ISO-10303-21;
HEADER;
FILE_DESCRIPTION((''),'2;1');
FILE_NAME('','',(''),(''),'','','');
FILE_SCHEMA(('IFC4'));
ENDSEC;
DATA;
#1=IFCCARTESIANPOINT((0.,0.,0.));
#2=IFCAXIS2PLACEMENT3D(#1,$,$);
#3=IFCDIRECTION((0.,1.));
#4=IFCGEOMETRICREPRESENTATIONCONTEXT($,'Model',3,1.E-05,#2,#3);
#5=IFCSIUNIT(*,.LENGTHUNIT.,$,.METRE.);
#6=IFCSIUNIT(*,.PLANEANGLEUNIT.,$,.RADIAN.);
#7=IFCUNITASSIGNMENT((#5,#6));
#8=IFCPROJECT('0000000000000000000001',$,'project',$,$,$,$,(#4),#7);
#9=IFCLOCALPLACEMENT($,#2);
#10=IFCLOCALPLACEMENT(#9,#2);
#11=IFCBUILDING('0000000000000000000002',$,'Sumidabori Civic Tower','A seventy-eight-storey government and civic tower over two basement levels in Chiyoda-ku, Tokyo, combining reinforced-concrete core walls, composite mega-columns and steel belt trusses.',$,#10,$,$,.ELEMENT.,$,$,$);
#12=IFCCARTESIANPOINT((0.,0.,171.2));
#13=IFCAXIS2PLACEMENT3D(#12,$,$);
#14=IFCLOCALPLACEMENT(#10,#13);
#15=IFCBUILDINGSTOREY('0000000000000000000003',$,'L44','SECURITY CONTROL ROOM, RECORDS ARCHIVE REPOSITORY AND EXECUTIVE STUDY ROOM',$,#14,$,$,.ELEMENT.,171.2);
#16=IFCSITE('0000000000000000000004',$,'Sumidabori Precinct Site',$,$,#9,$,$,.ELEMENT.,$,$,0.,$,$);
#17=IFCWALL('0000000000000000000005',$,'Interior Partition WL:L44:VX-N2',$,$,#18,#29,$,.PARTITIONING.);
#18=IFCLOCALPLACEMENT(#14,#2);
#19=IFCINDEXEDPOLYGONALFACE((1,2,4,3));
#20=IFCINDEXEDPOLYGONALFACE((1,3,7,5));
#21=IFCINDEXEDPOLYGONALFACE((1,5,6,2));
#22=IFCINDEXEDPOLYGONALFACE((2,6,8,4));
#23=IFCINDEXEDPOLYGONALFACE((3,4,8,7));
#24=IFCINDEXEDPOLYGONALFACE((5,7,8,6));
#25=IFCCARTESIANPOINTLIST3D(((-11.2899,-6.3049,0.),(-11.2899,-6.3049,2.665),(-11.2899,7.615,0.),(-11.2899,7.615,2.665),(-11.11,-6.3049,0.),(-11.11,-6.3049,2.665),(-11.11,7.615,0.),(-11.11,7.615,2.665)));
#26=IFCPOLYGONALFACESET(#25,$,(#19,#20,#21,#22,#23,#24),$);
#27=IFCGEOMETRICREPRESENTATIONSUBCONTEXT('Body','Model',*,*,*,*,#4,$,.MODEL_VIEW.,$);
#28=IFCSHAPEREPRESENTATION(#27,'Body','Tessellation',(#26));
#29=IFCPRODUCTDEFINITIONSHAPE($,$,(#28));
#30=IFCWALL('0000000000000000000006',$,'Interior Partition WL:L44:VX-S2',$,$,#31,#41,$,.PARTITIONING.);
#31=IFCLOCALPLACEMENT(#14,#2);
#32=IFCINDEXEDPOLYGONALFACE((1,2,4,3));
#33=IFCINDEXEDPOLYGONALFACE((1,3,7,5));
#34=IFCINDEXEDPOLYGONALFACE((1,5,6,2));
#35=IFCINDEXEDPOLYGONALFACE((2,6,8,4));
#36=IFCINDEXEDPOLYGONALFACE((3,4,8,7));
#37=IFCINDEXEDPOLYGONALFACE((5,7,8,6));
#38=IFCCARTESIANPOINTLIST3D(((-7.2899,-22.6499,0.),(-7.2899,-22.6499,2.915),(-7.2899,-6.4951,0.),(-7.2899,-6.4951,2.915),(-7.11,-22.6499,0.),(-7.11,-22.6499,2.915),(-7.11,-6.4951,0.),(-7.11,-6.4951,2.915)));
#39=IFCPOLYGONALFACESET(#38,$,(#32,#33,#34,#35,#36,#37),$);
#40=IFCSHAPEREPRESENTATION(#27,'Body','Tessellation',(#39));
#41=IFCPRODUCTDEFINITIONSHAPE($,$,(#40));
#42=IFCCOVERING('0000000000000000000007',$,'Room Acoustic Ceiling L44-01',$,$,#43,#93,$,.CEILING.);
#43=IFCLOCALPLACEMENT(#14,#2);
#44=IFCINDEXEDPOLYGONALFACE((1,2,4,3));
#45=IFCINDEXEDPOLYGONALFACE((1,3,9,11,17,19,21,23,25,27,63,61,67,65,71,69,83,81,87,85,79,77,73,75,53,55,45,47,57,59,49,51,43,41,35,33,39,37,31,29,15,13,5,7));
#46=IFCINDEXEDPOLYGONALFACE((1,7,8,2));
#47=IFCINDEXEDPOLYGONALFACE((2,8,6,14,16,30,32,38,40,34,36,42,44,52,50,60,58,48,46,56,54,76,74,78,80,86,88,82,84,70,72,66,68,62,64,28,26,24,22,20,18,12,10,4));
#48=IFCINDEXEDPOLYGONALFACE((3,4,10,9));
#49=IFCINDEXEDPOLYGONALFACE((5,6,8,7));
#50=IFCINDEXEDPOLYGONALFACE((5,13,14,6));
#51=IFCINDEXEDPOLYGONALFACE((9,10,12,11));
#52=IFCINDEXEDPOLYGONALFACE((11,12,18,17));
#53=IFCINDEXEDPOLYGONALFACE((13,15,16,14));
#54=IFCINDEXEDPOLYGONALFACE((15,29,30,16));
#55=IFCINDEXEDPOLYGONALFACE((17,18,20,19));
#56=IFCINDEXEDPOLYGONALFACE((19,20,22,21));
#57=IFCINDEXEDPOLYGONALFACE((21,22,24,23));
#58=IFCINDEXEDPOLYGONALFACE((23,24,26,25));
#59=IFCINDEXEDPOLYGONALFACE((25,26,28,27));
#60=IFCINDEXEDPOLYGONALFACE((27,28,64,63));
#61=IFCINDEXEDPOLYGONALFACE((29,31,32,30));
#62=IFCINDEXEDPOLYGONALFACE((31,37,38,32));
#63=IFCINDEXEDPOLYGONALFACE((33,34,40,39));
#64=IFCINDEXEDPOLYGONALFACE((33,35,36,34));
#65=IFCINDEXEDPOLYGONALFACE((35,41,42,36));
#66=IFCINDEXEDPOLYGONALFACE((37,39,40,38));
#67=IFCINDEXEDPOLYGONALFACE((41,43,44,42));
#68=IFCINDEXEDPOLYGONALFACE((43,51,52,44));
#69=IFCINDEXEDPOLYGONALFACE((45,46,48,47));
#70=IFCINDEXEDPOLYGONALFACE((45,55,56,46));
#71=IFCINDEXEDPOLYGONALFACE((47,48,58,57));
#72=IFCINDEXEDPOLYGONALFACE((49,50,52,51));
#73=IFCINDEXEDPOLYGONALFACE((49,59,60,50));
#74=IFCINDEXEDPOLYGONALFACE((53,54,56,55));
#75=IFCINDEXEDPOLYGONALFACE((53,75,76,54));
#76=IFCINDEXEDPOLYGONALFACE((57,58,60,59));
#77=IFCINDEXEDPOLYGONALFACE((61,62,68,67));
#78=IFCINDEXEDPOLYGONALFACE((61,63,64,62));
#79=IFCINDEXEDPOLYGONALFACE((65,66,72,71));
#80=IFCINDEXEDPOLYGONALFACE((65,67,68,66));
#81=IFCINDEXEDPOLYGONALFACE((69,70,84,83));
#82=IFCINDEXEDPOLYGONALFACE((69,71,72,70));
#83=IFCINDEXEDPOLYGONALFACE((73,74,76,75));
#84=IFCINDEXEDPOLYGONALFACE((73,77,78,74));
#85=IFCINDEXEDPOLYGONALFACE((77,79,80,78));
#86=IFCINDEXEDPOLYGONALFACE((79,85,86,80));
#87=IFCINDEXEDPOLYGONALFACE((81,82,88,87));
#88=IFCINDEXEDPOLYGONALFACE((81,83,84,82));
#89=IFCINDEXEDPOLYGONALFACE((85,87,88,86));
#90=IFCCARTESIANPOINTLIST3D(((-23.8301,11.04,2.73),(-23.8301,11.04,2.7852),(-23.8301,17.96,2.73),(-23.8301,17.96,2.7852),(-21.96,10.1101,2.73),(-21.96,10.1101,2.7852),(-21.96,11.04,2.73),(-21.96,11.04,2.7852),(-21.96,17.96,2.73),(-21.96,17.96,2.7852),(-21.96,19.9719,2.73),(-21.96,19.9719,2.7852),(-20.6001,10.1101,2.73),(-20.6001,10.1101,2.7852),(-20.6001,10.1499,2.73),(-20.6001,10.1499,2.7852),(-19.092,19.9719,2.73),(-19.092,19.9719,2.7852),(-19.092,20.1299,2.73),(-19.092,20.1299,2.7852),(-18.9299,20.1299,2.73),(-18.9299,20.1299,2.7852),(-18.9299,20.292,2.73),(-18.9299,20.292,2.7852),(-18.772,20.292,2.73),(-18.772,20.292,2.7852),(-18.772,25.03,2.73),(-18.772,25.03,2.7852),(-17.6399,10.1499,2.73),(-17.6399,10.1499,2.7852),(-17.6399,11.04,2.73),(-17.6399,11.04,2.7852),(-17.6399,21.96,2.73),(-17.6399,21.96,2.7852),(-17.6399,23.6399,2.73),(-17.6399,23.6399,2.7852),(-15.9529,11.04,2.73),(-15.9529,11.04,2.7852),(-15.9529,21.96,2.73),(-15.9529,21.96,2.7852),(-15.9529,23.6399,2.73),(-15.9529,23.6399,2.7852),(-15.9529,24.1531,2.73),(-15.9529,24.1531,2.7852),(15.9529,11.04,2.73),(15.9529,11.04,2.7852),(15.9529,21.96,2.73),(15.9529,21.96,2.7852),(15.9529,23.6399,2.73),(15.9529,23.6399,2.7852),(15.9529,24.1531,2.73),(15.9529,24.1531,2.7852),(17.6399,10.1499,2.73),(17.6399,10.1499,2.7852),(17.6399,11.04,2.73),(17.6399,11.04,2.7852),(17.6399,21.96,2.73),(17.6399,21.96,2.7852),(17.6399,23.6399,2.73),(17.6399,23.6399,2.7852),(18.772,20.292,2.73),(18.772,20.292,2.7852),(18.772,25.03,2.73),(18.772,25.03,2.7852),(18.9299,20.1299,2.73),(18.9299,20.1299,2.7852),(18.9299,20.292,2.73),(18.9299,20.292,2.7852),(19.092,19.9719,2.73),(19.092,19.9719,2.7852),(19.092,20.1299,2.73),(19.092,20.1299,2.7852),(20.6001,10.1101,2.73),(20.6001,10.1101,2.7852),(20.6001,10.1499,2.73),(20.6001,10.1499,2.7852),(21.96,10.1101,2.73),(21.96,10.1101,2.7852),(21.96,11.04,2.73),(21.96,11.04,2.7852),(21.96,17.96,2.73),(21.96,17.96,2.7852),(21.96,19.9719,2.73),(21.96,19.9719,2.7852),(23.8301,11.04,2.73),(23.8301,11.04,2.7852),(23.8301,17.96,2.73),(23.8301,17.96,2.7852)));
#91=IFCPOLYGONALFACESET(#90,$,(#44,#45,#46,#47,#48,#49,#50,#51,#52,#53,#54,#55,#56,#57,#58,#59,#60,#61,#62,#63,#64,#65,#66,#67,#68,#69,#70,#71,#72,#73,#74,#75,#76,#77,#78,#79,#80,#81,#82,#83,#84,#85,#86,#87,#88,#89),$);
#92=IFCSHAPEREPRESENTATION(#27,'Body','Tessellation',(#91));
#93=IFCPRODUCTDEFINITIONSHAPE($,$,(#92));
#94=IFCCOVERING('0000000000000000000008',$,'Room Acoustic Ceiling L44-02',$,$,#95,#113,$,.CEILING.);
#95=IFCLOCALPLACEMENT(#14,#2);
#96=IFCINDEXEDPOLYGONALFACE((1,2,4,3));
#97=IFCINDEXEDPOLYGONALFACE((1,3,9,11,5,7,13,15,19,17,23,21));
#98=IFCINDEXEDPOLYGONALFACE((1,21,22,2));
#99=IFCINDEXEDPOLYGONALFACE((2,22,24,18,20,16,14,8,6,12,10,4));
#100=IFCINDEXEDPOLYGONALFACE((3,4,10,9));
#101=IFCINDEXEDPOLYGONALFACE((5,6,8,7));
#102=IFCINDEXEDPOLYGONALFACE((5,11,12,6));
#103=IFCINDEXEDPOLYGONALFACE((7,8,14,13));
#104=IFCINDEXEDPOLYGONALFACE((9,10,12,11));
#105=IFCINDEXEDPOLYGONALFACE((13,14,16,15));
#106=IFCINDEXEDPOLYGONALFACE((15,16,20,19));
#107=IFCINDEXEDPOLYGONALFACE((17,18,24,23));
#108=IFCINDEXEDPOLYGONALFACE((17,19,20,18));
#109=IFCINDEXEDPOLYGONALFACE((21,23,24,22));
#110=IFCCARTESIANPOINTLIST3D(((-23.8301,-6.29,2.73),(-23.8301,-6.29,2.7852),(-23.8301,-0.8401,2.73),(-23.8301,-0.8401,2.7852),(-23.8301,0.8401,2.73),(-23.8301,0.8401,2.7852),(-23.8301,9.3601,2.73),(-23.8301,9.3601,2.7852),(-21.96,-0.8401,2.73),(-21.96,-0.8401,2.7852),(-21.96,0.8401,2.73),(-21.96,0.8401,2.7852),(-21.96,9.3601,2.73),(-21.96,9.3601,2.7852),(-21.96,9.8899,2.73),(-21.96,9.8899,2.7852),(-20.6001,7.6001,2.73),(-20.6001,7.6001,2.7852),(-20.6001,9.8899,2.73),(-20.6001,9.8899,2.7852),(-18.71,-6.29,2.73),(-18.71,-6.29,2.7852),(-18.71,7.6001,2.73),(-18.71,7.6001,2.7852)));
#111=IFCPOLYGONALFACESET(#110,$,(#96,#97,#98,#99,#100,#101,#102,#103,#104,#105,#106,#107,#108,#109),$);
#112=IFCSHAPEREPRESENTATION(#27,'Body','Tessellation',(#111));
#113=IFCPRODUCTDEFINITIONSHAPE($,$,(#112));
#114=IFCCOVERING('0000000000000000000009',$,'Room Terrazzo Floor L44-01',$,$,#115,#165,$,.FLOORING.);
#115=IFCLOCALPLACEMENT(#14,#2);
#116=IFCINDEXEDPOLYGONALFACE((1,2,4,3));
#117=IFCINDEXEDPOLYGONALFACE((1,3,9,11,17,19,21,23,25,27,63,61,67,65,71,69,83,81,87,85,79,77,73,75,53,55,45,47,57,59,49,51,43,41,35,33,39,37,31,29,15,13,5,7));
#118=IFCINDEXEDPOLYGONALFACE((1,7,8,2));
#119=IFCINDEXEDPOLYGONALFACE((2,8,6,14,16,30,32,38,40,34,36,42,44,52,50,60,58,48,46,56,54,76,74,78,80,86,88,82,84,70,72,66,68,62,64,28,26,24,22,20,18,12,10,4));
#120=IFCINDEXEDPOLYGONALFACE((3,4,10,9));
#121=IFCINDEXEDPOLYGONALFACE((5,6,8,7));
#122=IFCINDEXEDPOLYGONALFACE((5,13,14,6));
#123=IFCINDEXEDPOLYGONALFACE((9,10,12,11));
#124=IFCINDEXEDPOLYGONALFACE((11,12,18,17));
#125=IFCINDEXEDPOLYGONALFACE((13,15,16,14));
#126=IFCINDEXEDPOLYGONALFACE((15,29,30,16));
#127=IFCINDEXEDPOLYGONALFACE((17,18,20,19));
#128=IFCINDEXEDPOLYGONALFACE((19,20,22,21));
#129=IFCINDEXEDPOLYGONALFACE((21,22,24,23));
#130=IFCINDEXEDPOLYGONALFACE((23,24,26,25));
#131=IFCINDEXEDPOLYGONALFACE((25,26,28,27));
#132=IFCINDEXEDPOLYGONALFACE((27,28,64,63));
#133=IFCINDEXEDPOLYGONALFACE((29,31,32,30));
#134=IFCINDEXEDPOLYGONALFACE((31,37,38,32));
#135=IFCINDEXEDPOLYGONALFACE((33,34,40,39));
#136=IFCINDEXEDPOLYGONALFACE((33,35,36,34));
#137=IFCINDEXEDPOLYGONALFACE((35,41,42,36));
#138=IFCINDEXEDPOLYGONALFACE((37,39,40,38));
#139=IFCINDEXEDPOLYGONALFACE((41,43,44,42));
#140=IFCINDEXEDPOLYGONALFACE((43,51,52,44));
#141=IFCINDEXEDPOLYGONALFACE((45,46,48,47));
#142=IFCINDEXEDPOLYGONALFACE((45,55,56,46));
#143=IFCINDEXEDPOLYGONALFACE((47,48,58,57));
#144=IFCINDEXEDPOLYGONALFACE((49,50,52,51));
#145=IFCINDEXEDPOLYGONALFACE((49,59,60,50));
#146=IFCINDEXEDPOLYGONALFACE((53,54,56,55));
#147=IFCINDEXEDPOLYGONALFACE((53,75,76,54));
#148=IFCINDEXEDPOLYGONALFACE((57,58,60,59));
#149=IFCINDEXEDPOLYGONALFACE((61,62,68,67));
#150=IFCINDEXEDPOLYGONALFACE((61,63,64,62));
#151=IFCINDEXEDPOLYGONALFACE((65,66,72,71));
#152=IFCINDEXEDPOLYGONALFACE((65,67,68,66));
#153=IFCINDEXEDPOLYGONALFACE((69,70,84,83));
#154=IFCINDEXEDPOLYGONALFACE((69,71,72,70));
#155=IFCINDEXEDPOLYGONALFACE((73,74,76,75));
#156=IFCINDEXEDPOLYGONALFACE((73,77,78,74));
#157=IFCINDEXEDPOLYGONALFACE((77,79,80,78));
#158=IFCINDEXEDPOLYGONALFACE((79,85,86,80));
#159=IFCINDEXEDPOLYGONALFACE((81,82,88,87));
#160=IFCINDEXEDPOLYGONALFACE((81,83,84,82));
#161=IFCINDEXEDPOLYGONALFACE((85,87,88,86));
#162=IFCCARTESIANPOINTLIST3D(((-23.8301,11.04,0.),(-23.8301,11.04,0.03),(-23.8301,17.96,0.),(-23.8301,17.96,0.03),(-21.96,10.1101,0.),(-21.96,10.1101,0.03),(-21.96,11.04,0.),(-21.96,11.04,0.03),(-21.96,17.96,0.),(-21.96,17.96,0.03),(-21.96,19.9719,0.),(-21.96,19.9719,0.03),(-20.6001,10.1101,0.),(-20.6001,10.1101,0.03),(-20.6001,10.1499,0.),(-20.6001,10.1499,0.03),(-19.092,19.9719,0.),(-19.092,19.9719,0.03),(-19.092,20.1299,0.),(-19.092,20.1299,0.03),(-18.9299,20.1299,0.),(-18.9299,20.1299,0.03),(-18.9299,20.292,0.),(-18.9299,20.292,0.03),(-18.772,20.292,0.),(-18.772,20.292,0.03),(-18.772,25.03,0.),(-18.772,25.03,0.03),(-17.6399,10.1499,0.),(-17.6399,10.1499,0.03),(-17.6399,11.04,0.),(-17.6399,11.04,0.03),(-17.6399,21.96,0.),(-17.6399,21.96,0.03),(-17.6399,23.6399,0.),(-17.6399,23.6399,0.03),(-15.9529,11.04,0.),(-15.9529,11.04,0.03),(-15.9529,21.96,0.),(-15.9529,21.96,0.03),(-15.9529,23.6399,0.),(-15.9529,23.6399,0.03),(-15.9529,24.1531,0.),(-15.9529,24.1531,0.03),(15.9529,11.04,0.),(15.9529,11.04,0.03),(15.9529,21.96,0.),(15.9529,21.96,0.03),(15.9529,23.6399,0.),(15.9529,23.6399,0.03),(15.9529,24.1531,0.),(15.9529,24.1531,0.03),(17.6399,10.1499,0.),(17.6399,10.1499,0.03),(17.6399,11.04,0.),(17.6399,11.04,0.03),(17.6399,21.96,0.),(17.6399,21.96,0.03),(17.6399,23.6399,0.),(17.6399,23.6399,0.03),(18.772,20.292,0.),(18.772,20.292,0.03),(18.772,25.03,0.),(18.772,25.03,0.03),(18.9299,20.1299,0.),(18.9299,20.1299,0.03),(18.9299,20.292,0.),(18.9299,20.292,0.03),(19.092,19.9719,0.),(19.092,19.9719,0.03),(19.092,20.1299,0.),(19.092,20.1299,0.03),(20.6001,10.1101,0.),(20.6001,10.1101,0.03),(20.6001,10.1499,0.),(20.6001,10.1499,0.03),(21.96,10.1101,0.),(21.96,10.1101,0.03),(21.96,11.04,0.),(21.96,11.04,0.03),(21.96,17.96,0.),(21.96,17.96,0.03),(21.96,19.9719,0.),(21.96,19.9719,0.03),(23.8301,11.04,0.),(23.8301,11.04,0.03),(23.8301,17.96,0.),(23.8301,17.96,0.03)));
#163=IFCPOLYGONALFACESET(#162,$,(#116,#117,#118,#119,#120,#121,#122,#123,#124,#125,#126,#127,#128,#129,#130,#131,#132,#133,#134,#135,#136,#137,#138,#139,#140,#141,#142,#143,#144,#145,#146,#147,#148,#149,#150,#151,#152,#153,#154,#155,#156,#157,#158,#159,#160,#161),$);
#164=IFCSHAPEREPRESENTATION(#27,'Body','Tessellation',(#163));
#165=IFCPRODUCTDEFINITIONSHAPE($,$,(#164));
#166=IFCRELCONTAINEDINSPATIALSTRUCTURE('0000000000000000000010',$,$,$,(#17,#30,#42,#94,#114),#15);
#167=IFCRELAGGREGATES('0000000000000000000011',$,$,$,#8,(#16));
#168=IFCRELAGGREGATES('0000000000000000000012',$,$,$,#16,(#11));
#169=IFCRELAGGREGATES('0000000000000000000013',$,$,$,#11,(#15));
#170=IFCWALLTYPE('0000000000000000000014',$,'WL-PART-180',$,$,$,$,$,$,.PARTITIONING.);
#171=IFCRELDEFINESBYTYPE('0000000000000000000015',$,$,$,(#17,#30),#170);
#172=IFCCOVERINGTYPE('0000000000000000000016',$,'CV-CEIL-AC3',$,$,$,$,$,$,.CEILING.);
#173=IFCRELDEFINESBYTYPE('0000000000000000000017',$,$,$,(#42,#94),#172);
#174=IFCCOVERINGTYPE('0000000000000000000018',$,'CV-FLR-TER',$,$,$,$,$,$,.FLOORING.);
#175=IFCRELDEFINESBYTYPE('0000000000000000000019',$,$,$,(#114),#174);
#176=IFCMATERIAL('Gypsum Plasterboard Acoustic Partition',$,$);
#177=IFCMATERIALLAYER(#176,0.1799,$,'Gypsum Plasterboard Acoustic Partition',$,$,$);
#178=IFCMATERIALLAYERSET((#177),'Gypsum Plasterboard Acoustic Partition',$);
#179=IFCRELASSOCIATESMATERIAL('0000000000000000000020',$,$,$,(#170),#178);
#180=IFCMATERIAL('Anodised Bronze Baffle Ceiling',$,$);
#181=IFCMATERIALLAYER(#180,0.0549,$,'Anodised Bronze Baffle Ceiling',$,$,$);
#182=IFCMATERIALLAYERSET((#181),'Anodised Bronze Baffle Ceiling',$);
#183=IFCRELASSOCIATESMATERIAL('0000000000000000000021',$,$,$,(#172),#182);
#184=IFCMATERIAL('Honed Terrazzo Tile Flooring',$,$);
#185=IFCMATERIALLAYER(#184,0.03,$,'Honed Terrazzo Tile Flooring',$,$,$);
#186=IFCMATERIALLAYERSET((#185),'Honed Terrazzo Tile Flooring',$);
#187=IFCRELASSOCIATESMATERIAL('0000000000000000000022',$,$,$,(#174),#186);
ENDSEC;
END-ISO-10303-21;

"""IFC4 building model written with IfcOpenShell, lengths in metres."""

from ifc_helpers import new_model, si_unit, direction, frame, frame_2d, origin, place, context, subcontext, project, spatial, polyline, rectangle, outline, extrude, source, transform, mapped, material, layer, layer_set, type_object, element, save


model = new_model("IFC4")

# Units and contexts
model_context = context("Model", 3, precision=1e-05, world=origin(), true_north=direction((0.0, 1.0)))
body_context = subcontext(model_context, "Body", "Model", "MODEL_VIEW")
ifc_project = project(units=[si_unit("LENGTHUNIT", "METRE"), si_unit("PLANEANGLEUNIT", "RADIAN")], contexts=[model_context])

# Site, building, storey
site_placement = place(None, origin())
site = spatial("IfcSite", under=ifc_project, at=site_placement, Name="Sumidabori Precinct Site", CompositionType="ELEMENT", RefElevation=0.0)
building_placement = place(site_placement, origin())
building = spatial("IfcBuilding", under=site, at=building_placement, Name="Sumidabori Civic Tower", Description="A seventy-eight-storey government and civic tower over two basement levels in Chiyoda-ku, Tokyo, combining reinforced-concrete core walls, composite mega-columns and steel belt trusses.", CompositionType="ELEMENT")
storey_placement = place(building_placement, frame((0.0, 0.0, 171.2)))
storey = spatial("IfcBuildingStorey", under=building, at=storey_placement, Name="L44", Description="SECURITY CONTROL ROOM, RECORDS ARCHIVE REPOSITORY AND EXECUTIVE STUDY ROOM", CompositionType="ELEMENT", Elevation=171.2)

# Walls
ifc_material_1 = material(Name="Gypsum Plasterboard Acoustic Partition")
ifc_layer_1 = layer(ifc_material_1, 0.1799, Name="Gypsum Plasterboard Acoustic Partition")
ifc_layer_set_1 = layer_set([ifc_layer_1], Name="Gypsum Plasterboard Acoustic Partition")
wall_type = type_object("IfcWallType", Name="WL-PART-180", PredefinedType="PARTITIONING", material=ifc_layer_set_1)
shared_shape_1 = source(origin(), body_context, "Body", "SweptSolid", [
    extrude(rectangle(XDim=13.9199, YDim=0.1799, at=frame_2d((6.96, 0.0))), origin(), (0.0, 0.0, 1.0), 2.665),
])
wall_1_placement = place(storey_placement, frame((-11.2, -6.3049, 0.0), z_axis=(0.0, 0.0, 1.0), x_axis=(0.0, 1.0, 0.0)))
element("IfcWall", 1, at=wall_1_placement, inside=storey, type_object=wall_type, Name="Interior Partition WL:L44:VX-N2", PredefinedType="PARTITIONING", context=body_context, shape_type="MappedRepresentation", body=[
    mapped(shared_shape_1, transform((0.0, 0.0, 0.0), x_axis=(1.0, 0.0, 0.0), y_axis=(0.0, 1.0, 0.0), z_axis=(0.0, 0.0, 1.0), scale=1.0)),
])
shared_shape_2 = source(origin(), body_context, "Body", "SweptSolid", [
    extrude(rectangle(XDim=16.1548, YDim=0.1799, at=frame_2d((8.0774, 0.0))), origin(), (0.0, 0.0, 1.0), 2.915),
])
wall_2_placement = place(storey_placement, frame((-7.2, -22.6499, 0.0), z_axis=(0.0, 0.0, 1.0), x_axis=(0.0, 1.0, 0.0)))
element("IfcWall", 2, at=wall_2_placement, inside=storey, type_object=wall_type, Name="Interior Partition WL:L44:VX-S2", PredefinedType="PARTITIONING", context=body_context, shape_type="MappedRepresentation", body=[
    mapped(shared_shape_2, transform((0.0, 0.0, 0.0), x_axis=(1.0, 0.0, 0.0), y_axis=(0.0, 1.0, 0.0), z_axis=(0.0, 0.0, 1.0), scale=1.0)),
])

# Coverings
ifc_material_2 = material(Name="Anodised Bronze Baffle Ceiling")
ifc_layer_2 = layer(ifc_material_2, 0.0549, Name="Anodised Bronze Baffle Ceiling")
ifc_layer_set_2 = layer_set([ifc_layer_2], Name="Anodised Bronze Baffle Ceiling")
covering_type_1 = type_object("IfcCoveringType", Name="CV-CEIL-AC3", PredefinedType="CEILING", material=ifc_layer_set_2)
covering_1_placement = place(storey_placement, frame((0.0, 0.0, 2.73)))
element("IfcCovering", 3, at=covering_1_placement, inside=storey, type_object=covering_type_1, Name="Room Acoustic Ceiling L44-01", PredefinedType="CEILING", context=body_context, shape_type="SweptSolid", body=[
    extrude(outline(polyline([(-20.6001, 10.1101), (-21.96, 10.1101), (-21.96, 11.04), (-23.8301, 11.04), (-23.8301, 17.96), (-21.96, 17.96), (-21.96, 19.9719), (-19.092, 19.9719), (-19.092, 20.1299), (-18.9299, 20.1299), (-18.9299, 20.292), (-18.772, 20.292), (-18.772, 25.03), (18.772, 25.03), (18.772, 20.292), (18.9299, 20.292), (18.9299, 20.1299), (19.092, 20.1299), (19.092, 19.9719), (21.96, 19.9719), (21.96, 17.96), (23.8301, 17.96), (23.8301, 11.04), (21.96, 11.04), (21.96, 10.1101), (20.6001, 10.1101), (20.6001, 10.1499), (17.6399, 10.1499), (17.6399, 11.04), (15.9529, 11.04), (15.9529, 21.96), (17.6399, 21.96), (17.6399, 23.6399), (15.9529, 23.6399), (15.9529, 24.1531), (-15.9529, 24.1531), (-15.9529, 23.6399), (-17.6399, 23.6399), (-17.6399, 21.96), (-15.9529, 21.96), (-15.9529, 11.04), (-17.6399, 11.04), (-17.6399, 10.1499), (-20.6001, 10.1499), (-20.6001, 10.1101)])), origin(), (0.0, 0.0, 1.0), 0.0552),
])
covering_2_placement = place(storey_placement, frame((0.0, 0.0, 2.73)))
element("IfcCovering", 4, at=covering_2_placement, inside=storey, type_object=covering_type_1, Name="Room Acoustic Ceiling L44-02", PredefinedType="CEILING", context=body_context, shape_type="SweptSolid", body=[
    extrude(outline(polyline([(-21.96, 9.3601), (-21.96, 9.8899), (-20.6001, 9.8899), (-20.6001, 7.6001), (-18.71, 7.6001), (-18.71, -6.29), (-23.8301, -6.29), (-23.8301, -0.8401), (-21.96, -0.8401), (-21.96, 0.8401), (-23.8301, 0.8401), (-23.8301, 9.3601), (-21.96, 9.3601)])), origin(), (0.0, 0.0, 1.0), 0.0552),
])
ifc_material_3 = material(Name="Honed Terrazzo Tile Flooring")
ifc_layer_3 = layer(ifc_material_3, 0.03, Name="Honed Terrazzo Tile Flooring")
ifc_layer_set_3 = layer_set([ifc_layer_3], Name="Honed Terrazzo Tile Flooring")
covering_type_2 = type_object("IfcCoveringType", Name="CV-FLR-TER", PredefinedType="FLOORING", material=ifc_layer_set_3)
covering_3_placement = place(storey_placement, origin())
element("IfcCovering", 5, at=covering_3_placement, inside=storey, type_object=covering_type_2, Name="Room Terrazzo Floor L44-01", PredefinedType="FLOORING", context=body_context, shape_type="SweptSolid", body=[
    extrude(outline(polyline([(-20.6001, 10.1101), (-21.96, 10.1101), (-21.96, 11.04), (-23.8301, 11.04), (-23.8301, 17.96), (-21.96, 17.96), (-21.96, 19.9719), (-19.092, 19.9719), (-19.092, 20.1299), (-18.9299, 20.1299), (-18.9299, 20.292), (-18.772, 20.292), (-18.772, 25.03), (18.772, 25.03), (18.772, 20.292), (18.9299, 20.292), (18.9299, 20.1299), (19.092, 20.1299), (19.092, 19.9719), (21.96, 19.9719), (21.96, 17.96), (23.8301, 17.96), (23.8301, 11.04), (21.96, 11.04), (21.96, 10.1101), (20.6001, 10.1101), (20.6001, 10.1499), (17.6399, 10.1499), (17.6399, 11.04), (15.9529, 11.04), (15.9529, 21.96), (17.6399, 21.96), (17.6399, 23.6399), (15.9529, 23.6399), (15.9529, 24.1531), (-15.9529, 24.1531), (-15.9529, 23.6399), (-17.6399, 23.6399), (-17.6399, 21.96), (-15.9529, 21.96), (-15.9529, 11.04), (-17.6399, 11.04), (-17.6399, 10.1499), (-20.6001, 10.1499), (-20.6001, 10.1101)])), origin(), (0.0, 0.0, 1.0), 0.03),
])

save(model, "model.ifc")
